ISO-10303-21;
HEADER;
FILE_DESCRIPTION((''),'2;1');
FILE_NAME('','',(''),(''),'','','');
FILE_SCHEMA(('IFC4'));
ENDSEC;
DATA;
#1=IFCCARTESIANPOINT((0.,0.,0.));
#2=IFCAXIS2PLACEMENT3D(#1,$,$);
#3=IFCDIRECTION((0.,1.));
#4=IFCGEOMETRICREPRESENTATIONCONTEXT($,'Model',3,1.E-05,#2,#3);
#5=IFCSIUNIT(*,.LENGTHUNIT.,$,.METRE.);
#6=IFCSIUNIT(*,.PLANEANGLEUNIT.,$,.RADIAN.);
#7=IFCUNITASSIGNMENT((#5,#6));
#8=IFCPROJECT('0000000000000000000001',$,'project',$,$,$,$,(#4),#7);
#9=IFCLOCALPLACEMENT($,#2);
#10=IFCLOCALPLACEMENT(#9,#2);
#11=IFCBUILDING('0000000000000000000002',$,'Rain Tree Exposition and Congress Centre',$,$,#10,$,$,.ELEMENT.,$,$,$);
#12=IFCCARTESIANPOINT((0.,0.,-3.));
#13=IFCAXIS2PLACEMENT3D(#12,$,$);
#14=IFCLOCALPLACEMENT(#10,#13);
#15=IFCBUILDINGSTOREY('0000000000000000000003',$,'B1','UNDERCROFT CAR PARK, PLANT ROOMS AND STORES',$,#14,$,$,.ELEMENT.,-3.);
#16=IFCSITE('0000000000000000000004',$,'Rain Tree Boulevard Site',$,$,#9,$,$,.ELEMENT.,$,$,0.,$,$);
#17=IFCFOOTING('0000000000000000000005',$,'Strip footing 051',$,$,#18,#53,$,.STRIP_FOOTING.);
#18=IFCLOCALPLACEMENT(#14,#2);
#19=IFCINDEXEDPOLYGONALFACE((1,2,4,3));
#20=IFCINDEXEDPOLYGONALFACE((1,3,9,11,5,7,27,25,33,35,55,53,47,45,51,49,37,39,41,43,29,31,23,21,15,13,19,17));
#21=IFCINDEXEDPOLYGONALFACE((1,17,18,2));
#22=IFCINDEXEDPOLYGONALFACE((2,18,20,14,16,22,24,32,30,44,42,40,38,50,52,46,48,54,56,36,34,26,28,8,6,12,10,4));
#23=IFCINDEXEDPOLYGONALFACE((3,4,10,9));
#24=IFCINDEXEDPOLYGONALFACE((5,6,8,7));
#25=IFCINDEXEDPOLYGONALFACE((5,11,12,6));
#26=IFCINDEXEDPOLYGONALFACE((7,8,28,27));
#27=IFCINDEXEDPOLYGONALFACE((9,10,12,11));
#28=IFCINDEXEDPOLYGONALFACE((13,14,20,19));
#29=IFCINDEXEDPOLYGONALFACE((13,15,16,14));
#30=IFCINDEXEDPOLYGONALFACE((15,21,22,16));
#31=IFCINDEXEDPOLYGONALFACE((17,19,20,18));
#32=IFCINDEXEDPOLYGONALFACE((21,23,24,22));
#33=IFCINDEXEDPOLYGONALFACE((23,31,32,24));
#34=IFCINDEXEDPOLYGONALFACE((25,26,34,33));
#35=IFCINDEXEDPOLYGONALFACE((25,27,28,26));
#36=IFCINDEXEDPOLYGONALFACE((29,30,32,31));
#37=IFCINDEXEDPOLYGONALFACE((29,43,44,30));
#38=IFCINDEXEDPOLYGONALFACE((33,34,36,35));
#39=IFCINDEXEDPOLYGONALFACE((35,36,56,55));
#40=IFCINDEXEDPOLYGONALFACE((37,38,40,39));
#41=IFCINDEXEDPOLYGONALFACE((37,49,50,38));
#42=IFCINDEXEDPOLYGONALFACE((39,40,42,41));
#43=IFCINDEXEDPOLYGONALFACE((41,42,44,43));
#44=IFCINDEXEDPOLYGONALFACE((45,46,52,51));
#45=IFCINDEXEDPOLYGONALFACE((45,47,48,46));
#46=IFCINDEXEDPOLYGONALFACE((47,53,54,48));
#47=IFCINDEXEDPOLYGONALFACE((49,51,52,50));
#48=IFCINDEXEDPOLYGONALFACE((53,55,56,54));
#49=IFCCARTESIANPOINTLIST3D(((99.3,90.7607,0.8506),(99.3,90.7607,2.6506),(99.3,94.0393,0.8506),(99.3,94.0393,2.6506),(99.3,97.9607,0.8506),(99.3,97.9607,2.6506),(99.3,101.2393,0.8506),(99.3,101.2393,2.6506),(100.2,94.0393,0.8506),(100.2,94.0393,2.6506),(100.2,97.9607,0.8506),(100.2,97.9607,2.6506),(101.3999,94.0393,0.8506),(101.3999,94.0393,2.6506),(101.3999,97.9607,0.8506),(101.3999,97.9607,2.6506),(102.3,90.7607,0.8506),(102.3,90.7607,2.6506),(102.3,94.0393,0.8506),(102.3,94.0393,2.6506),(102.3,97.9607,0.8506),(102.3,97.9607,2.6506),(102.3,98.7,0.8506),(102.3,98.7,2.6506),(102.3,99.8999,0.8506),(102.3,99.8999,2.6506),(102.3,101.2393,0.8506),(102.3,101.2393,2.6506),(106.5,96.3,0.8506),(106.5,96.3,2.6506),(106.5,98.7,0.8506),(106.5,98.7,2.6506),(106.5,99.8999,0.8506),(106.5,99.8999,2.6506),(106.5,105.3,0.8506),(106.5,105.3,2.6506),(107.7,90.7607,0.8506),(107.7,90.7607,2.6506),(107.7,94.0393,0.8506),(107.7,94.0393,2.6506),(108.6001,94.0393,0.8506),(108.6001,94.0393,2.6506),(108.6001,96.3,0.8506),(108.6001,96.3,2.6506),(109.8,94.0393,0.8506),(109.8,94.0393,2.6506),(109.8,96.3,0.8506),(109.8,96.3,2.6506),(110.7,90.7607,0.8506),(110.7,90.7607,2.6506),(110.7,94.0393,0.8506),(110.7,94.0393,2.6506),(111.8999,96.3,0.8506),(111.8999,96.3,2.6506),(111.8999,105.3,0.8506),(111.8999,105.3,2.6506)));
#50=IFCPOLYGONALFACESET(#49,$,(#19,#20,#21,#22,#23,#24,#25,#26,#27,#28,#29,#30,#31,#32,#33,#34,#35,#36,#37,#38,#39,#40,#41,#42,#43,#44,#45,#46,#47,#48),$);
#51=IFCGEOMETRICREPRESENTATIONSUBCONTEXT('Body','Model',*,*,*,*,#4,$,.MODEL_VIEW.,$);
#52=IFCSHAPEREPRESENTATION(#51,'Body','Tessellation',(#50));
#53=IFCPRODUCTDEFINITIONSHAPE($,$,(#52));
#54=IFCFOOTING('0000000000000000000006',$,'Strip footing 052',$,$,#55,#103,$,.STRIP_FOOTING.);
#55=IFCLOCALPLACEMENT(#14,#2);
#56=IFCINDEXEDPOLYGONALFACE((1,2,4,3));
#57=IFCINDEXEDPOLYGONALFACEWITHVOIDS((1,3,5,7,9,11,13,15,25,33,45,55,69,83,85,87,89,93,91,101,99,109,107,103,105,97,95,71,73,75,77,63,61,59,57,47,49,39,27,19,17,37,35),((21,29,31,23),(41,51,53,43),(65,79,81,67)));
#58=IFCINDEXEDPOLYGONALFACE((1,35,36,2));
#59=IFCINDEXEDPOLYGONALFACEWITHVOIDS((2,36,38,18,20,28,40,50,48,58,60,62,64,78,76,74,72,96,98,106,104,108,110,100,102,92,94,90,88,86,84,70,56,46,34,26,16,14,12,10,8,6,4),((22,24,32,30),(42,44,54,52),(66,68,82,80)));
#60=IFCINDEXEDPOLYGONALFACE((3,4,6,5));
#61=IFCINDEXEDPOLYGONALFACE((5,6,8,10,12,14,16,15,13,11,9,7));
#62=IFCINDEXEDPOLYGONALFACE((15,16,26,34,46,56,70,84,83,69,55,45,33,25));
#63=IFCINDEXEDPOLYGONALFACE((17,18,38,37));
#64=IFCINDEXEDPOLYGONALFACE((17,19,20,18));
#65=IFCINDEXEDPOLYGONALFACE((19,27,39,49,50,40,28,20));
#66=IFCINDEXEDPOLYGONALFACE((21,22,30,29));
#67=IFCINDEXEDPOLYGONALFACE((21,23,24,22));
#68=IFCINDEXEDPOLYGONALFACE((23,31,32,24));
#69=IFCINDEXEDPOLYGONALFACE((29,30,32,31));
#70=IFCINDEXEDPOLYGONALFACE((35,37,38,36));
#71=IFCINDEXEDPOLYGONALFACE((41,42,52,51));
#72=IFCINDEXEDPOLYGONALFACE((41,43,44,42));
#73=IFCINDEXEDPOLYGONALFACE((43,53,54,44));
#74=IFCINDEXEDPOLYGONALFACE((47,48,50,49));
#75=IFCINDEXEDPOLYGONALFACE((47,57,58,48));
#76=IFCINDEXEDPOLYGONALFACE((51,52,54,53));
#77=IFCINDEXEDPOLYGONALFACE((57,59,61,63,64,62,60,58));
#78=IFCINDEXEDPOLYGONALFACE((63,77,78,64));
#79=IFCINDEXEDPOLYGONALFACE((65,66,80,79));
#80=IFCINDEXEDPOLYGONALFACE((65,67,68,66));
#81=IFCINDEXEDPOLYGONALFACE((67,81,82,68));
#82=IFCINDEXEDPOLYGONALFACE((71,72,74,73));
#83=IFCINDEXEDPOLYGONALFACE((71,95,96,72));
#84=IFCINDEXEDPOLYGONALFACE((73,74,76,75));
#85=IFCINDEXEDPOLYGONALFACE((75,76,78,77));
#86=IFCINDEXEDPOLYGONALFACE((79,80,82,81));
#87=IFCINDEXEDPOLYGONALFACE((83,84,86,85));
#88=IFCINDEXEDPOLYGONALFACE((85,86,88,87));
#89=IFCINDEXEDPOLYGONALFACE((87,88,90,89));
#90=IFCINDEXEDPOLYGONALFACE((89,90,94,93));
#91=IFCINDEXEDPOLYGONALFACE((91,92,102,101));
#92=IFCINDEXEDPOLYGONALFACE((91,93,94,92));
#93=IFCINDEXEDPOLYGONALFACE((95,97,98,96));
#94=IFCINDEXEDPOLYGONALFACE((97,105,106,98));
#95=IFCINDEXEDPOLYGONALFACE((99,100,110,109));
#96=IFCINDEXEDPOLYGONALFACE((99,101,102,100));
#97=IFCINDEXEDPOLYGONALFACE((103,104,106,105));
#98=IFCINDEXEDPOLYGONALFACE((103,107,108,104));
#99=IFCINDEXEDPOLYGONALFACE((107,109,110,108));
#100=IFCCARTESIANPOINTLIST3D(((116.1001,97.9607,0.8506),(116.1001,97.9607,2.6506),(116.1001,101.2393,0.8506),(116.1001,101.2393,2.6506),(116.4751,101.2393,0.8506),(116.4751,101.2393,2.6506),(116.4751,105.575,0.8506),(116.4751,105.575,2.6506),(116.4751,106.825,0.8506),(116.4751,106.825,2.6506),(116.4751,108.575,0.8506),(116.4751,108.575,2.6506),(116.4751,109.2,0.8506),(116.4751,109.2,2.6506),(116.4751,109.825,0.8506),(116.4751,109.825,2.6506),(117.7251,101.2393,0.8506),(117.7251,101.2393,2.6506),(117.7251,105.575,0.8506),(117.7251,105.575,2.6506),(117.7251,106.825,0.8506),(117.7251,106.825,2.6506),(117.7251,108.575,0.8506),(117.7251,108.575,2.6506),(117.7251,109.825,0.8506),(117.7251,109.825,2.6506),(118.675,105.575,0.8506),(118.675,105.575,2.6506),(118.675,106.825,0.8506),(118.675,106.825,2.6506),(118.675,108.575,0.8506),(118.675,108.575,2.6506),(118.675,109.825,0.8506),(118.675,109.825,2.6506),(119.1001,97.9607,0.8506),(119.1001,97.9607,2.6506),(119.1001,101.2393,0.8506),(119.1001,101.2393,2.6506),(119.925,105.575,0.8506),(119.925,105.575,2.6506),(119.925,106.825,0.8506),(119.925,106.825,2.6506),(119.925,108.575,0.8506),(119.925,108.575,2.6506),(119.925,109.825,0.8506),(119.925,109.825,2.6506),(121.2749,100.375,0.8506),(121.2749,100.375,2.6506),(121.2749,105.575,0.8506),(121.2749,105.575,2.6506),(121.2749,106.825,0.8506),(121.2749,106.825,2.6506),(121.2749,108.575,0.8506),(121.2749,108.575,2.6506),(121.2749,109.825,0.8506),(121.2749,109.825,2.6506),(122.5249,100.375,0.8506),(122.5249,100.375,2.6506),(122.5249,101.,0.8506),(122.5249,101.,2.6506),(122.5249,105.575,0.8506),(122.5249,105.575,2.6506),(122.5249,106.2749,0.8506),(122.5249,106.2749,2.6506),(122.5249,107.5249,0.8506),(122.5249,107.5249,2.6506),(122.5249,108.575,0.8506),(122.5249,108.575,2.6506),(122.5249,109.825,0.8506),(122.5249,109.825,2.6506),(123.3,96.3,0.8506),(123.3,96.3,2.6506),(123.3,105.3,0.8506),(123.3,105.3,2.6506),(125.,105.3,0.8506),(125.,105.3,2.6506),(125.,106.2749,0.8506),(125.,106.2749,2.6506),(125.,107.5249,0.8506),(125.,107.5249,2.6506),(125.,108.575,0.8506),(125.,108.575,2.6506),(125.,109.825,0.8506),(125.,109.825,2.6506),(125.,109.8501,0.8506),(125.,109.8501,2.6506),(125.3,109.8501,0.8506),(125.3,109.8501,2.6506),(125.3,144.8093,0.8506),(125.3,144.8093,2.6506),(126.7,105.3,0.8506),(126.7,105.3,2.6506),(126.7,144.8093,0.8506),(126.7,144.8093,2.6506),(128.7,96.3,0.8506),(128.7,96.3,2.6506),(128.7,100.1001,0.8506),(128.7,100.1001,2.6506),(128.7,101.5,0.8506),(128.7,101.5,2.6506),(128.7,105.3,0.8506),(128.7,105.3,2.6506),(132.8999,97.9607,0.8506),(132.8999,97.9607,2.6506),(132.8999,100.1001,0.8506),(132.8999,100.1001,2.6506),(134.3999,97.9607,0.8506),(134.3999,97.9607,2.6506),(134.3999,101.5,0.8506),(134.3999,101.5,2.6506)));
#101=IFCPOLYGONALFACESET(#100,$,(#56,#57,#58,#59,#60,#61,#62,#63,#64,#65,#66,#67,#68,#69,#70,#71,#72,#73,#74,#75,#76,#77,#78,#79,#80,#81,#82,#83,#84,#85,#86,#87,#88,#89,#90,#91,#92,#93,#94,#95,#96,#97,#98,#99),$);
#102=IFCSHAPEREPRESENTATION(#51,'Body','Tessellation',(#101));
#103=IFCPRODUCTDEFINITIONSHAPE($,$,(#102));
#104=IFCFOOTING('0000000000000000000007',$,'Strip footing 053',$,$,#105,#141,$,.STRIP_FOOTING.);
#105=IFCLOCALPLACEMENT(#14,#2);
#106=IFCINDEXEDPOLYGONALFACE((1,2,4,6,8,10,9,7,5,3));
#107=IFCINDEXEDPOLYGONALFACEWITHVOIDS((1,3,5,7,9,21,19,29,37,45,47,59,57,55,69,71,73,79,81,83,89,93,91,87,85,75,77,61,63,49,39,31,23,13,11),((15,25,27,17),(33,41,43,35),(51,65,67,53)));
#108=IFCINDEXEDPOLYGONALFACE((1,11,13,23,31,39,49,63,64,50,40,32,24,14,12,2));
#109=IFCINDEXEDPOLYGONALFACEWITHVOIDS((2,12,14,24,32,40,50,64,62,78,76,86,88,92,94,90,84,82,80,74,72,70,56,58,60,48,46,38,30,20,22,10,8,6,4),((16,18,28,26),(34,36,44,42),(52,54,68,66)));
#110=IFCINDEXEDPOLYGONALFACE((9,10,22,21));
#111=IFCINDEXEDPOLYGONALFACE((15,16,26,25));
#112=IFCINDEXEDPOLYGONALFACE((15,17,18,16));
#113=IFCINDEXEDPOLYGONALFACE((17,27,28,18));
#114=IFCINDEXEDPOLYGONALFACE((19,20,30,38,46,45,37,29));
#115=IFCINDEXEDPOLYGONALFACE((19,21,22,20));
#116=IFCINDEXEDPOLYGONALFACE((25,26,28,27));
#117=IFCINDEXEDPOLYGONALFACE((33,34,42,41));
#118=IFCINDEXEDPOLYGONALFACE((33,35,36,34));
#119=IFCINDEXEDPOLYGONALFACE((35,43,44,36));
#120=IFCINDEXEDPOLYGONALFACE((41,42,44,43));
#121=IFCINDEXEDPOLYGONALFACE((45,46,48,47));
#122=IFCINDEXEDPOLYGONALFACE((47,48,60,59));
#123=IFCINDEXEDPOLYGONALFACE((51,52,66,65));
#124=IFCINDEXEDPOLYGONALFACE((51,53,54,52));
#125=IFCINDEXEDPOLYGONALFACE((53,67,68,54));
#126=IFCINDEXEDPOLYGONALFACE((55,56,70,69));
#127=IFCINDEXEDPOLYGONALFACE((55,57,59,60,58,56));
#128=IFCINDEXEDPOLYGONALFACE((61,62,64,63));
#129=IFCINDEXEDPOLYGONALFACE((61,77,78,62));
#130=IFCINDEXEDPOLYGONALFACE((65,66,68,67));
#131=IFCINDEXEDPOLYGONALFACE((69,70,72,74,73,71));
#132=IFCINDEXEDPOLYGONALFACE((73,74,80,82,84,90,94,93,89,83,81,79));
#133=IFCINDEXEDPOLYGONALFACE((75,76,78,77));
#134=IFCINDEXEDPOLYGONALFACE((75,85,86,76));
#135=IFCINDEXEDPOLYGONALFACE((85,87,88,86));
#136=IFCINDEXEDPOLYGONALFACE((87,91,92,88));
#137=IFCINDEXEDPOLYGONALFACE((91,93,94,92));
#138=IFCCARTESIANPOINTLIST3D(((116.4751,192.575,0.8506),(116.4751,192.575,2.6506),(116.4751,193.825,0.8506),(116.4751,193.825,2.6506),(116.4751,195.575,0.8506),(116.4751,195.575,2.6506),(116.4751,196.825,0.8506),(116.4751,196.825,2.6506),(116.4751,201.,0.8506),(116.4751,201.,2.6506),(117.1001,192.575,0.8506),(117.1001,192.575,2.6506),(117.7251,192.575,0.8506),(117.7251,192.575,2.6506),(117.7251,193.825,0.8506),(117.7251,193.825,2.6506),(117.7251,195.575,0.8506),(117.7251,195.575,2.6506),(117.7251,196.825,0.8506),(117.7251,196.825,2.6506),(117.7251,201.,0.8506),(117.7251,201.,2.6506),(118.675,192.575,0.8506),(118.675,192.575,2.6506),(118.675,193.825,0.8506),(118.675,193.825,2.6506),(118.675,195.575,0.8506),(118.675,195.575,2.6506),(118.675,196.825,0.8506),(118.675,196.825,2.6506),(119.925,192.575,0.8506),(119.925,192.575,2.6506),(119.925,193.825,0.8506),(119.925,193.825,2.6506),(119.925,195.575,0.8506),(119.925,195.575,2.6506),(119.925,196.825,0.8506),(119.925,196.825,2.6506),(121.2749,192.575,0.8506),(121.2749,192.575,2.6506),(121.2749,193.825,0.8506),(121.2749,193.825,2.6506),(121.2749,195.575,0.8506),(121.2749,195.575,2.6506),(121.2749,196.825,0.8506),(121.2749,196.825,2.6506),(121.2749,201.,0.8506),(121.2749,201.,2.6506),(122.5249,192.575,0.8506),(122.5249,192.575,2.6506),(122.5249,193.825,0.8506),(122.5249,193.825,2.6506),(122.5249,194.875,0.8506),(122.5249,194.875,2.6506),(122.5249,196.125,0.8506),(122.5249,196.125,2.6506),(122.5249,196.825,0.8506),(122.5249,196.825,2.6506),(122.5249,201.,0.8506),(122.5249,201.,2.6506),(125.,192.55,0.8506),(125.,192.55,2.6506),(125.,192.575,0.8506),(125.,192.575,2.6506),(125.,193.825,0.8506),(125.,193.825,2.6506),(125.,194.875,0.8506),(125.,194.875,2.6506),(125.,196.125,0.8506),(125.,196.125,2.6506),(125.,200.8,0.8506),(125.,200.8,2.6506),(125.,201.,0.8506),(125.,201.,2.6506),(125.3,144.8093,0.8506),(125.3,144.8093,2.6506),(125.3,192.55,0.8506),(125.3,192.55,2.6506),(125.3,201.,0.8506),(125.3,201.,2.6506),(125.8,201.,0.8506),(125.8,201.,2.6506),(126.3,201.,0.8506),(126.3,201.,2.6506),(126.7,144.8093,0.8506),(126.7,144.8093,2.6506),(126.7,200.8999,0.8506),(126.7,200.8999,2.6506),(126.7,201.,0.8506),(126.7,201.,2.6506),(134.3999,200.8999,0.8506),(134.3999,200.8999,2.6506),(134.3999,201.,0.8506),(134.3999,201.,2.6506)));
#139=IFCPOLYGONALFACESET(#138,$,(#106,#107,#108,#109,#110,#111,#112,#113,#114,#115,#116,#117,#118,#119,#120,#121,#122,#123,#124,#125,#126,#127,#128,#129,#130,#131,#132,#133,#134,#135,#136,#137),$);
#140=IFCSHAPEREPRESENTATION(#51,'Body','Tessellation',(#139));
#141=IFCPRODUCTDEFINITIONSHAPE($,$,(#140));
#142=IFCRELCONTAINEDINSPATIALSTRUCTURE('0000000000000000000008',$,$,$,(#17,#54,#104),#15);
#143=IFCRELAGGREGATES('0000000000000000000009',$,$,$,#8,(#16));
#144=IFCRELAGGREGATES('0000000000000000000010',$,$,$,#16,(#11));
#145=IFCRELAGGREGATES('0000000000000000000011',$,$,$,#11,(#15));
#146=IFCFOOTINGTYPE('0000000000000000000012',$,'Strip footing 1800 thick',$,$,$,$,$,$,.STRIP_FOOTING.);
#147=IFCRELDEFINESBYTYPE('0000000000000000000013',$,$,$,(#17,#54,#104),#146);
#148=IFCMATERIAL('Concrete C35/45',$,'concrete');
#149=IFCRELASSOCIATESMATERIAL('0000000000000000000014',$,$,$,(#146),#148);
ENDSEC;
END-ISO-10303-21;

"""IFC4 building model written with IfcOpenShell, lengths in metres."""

from ifc_helpers import new_model, si_unit, direction, frame, origin, place, context, subcontext, project, spatial, polyline, outline, extrude, material, type_object, element, save


model = new_model("IFC4")

# Units and contexts
model_context = context("Model", 3, precision=1e-05, world=origin(), true_north=direction((0.0, 1.0)))
body_context = subcontext(model_context, "Body", "Model", "MODEL_VIEW")
ifc_project = project(units=[si_unit("LENGTHUNIT", "METRE"), si_unit("PLANEANGLEUNIT", "RADIAN")], contexts=[model_context])

# Site, building, storey
site_placement = place(None, origin())
site = spatial("IfcSite", under=ifc_project, at=site_placement, Name="Rain Tree Boulevard Site", CompositionType="ELEMENT", RefElevation=0.0)
building_placement = place(site_placement, origin())
building = spatial("IfcBuilding", under=site, at=building_placement, Name="Rain Tree Exposition and Congress Centre", CompositionType="ELEMENT")
storey_placement = place(building_placement, frame((0.0, 0.0, -3.0)))
storey = spatial("IfcBuildingStorey", under=building, at=storey_placement, Name="B1", Description="UNDERCROFT CAR PARK, PLANT ROOMS AND STORES", CompositionType="ELEMENT", Elevation=-3.0)

# Footings
ifc_material_1 = material(Name="Concrete C35/45", Category="concrete")
footing_type_1 = type_object("IfcFootingType", Name="Strip footing 1800 thick", PredefinedType="STRIP_FOOTING", material=ifc_material_1)
footing_1_placement = place(storey_placement, frame((0.0, 0.0, 0.8506)))
element("IfcFooting", 1, at=footing_1_placement, inside=storey, type_object=footing_type_1, Name="Strip footing 051", PredefinedType="STRIP_FOOTING", context=body_context, shape_type="SweptSolid", body=[
    extrude(outline(polyline([(100.2, 94.0393), (99.3, 94.0393), (99.3, 90.7607), (102.3, 90.7607), (102.3, 94.0393), (101.3999, 94.0393), (101.3999, 97.9607), (102.3, 97.9607), (102.3, 98.7), (106.5, 98.7), (106.5, 96.3), (108.6001, 96.3), (108.6001, 94.0393), (107.7, 94.0393), (107.7, 90.7607), (110.7, 90.7607), (110.7, 94.0393), (109.8, 94.0393), (109.8, 96.3), (111.8999, 96.3), (111.8999, 105.3), (106.5, 105.3), (106.5, 99.8999), (102.3, 99.8999), (102.3, 101.2393), (99.3, 101.2393), (99.3, 97.9607), (100.2, 97.9607), (100.2, 94.0393)])), origin(), (0.0, 0.0, 1.0), 1.8),
])
footing_2_placement = place(storey_placement, frame((0.0, 0.0, 0.8506)))
element("IfcFooting", 2, at=footing_2_placement, inside=storey, type_object=footing_type_1, Name="Strip footing 052", PredefinedType="STRIP_FOOTING", context=body_context, shape_type="SweptSolid", body=[
    extrude(outline(polyline([(132.8999, 100.1001), (132.8999, 97.9607), (134.3999, 97.9607), (134.3999, 101.5), (128.7, 101.5), (128.7, 105.3), (126.7, 105.3), (126.7, 144.8093), (125.3, 144.8093), (125.3, 109.8501), (125.0, 109.8501), (125.0, 109.825), (122.5249, 109.825), (121.2749, 109.825), (119.925, 109.825), (118.675, 109.825), (117.7251, 109.825), (116.4751, 109.825), (116.4751, 109.2), (116.4751, 108.575), (116.4751, 106.825), (116.4751, 105.575), (116.4751, 101.2393), (116.1001, 101.2393), (116.1001, 97.9607), (119.1001, 97.9607), (119.1001, 101.2393), (117.7251, 101.2393), (117.7251, 105.575), (118.675, 105.575), (119.925, 105.575), (121.2749, 105.575), (121.2749, 100.375), (122.5249, 100.375), (122.5249, 101.0), (122.5249, 105.575), (122.5249, 106.2749), (125.0, 106.2749), (125.0, 105.3), (123.3, 105.3), (123.3, 96.3), (128.7, 96.3), (128.7, 100.1001), (132.8999, 100.1001)]), holes=[polyline([(118.675, 108.575), (117.7251, 108.575), (117.7251, 106.825), (118.675, 106.825), (118.675, 108.575)]), polyline([(119.925, 108.575), (119.925, 106.825), (121.2749, 106.825), (121.2749, 108.575), (119.925, 108.575)]), polyline([(125.0, 108.575), (122.5249, 108.575), (122.5249, 107.5249), (125.0, 107.5249), (125.0, 108.575)])]), origin(), (0.0, 0.0, 1.0), 1.8),
])
footing_3_placement = place(storey_placement, frame((0.0, 0.0, 0.8506)))
element("IfcFooting", 3, at=footing_3_placement, inside=storey, type_object=footing_type_1, Name="Strip footing 053", PredefinedType="STRIP_FOOTING", context=body_context, shape_type="SweptSolid", body=[
    extrude(outline(polyline([(125.3, 192.55), (125.3, 144.8093), (126.7, 144.8093), (126.7, 200.8999), (134.3999, 200.8999), (134.3999, 201.0), (126.7, 201.0), (126.3, 201.0), (125.8, 201.0), (125.3, 201.0), (125.0, 201.0), (125.0, 200.8), (125.0, 196.125), (122.5249, 196.125), (122.5249, 196.825), (122.5249, 201.0), (121.2749, 201.0), (121.2749, 196.825), (119.925, 196.825), (118.675, 196.825), (117.7251, 196.825), (117.7251, 201.0), (116.4751, 201.0), (116.4751, 196.825), (116.4751, 195.575), (116.4751, 193.825), (116.4751, 192.575), (117.1001, 192.575), (117.7251, 192.575), (118.675, 192.575), (119.925, 192.575), (121.2749, 192.575), (122.5249, 192.575), (125.0, 192.575), (125.0, 192.55), (125.3, 192.55)]), holes=[polyline([(117.7251, 193.825), (118.675, 193.825), (118.675, 195.575), (117.7251, 195.575), (117.7251, 193.825)]), polyline([(119.925, 195.575), (119.925, 193.825), (121.2749, 193.825), (121.2749, 195.575), (119.925, 195.575)]), polyline([(122.5249, 193.825), (125.0, 193.825), (125.0, 194.875), (122.5249, 194.875), (122.5249, 193.825)])]), origin(), (0.0, 0.0, 1.0), 1.8),
])

save(model, "model.ifc")
